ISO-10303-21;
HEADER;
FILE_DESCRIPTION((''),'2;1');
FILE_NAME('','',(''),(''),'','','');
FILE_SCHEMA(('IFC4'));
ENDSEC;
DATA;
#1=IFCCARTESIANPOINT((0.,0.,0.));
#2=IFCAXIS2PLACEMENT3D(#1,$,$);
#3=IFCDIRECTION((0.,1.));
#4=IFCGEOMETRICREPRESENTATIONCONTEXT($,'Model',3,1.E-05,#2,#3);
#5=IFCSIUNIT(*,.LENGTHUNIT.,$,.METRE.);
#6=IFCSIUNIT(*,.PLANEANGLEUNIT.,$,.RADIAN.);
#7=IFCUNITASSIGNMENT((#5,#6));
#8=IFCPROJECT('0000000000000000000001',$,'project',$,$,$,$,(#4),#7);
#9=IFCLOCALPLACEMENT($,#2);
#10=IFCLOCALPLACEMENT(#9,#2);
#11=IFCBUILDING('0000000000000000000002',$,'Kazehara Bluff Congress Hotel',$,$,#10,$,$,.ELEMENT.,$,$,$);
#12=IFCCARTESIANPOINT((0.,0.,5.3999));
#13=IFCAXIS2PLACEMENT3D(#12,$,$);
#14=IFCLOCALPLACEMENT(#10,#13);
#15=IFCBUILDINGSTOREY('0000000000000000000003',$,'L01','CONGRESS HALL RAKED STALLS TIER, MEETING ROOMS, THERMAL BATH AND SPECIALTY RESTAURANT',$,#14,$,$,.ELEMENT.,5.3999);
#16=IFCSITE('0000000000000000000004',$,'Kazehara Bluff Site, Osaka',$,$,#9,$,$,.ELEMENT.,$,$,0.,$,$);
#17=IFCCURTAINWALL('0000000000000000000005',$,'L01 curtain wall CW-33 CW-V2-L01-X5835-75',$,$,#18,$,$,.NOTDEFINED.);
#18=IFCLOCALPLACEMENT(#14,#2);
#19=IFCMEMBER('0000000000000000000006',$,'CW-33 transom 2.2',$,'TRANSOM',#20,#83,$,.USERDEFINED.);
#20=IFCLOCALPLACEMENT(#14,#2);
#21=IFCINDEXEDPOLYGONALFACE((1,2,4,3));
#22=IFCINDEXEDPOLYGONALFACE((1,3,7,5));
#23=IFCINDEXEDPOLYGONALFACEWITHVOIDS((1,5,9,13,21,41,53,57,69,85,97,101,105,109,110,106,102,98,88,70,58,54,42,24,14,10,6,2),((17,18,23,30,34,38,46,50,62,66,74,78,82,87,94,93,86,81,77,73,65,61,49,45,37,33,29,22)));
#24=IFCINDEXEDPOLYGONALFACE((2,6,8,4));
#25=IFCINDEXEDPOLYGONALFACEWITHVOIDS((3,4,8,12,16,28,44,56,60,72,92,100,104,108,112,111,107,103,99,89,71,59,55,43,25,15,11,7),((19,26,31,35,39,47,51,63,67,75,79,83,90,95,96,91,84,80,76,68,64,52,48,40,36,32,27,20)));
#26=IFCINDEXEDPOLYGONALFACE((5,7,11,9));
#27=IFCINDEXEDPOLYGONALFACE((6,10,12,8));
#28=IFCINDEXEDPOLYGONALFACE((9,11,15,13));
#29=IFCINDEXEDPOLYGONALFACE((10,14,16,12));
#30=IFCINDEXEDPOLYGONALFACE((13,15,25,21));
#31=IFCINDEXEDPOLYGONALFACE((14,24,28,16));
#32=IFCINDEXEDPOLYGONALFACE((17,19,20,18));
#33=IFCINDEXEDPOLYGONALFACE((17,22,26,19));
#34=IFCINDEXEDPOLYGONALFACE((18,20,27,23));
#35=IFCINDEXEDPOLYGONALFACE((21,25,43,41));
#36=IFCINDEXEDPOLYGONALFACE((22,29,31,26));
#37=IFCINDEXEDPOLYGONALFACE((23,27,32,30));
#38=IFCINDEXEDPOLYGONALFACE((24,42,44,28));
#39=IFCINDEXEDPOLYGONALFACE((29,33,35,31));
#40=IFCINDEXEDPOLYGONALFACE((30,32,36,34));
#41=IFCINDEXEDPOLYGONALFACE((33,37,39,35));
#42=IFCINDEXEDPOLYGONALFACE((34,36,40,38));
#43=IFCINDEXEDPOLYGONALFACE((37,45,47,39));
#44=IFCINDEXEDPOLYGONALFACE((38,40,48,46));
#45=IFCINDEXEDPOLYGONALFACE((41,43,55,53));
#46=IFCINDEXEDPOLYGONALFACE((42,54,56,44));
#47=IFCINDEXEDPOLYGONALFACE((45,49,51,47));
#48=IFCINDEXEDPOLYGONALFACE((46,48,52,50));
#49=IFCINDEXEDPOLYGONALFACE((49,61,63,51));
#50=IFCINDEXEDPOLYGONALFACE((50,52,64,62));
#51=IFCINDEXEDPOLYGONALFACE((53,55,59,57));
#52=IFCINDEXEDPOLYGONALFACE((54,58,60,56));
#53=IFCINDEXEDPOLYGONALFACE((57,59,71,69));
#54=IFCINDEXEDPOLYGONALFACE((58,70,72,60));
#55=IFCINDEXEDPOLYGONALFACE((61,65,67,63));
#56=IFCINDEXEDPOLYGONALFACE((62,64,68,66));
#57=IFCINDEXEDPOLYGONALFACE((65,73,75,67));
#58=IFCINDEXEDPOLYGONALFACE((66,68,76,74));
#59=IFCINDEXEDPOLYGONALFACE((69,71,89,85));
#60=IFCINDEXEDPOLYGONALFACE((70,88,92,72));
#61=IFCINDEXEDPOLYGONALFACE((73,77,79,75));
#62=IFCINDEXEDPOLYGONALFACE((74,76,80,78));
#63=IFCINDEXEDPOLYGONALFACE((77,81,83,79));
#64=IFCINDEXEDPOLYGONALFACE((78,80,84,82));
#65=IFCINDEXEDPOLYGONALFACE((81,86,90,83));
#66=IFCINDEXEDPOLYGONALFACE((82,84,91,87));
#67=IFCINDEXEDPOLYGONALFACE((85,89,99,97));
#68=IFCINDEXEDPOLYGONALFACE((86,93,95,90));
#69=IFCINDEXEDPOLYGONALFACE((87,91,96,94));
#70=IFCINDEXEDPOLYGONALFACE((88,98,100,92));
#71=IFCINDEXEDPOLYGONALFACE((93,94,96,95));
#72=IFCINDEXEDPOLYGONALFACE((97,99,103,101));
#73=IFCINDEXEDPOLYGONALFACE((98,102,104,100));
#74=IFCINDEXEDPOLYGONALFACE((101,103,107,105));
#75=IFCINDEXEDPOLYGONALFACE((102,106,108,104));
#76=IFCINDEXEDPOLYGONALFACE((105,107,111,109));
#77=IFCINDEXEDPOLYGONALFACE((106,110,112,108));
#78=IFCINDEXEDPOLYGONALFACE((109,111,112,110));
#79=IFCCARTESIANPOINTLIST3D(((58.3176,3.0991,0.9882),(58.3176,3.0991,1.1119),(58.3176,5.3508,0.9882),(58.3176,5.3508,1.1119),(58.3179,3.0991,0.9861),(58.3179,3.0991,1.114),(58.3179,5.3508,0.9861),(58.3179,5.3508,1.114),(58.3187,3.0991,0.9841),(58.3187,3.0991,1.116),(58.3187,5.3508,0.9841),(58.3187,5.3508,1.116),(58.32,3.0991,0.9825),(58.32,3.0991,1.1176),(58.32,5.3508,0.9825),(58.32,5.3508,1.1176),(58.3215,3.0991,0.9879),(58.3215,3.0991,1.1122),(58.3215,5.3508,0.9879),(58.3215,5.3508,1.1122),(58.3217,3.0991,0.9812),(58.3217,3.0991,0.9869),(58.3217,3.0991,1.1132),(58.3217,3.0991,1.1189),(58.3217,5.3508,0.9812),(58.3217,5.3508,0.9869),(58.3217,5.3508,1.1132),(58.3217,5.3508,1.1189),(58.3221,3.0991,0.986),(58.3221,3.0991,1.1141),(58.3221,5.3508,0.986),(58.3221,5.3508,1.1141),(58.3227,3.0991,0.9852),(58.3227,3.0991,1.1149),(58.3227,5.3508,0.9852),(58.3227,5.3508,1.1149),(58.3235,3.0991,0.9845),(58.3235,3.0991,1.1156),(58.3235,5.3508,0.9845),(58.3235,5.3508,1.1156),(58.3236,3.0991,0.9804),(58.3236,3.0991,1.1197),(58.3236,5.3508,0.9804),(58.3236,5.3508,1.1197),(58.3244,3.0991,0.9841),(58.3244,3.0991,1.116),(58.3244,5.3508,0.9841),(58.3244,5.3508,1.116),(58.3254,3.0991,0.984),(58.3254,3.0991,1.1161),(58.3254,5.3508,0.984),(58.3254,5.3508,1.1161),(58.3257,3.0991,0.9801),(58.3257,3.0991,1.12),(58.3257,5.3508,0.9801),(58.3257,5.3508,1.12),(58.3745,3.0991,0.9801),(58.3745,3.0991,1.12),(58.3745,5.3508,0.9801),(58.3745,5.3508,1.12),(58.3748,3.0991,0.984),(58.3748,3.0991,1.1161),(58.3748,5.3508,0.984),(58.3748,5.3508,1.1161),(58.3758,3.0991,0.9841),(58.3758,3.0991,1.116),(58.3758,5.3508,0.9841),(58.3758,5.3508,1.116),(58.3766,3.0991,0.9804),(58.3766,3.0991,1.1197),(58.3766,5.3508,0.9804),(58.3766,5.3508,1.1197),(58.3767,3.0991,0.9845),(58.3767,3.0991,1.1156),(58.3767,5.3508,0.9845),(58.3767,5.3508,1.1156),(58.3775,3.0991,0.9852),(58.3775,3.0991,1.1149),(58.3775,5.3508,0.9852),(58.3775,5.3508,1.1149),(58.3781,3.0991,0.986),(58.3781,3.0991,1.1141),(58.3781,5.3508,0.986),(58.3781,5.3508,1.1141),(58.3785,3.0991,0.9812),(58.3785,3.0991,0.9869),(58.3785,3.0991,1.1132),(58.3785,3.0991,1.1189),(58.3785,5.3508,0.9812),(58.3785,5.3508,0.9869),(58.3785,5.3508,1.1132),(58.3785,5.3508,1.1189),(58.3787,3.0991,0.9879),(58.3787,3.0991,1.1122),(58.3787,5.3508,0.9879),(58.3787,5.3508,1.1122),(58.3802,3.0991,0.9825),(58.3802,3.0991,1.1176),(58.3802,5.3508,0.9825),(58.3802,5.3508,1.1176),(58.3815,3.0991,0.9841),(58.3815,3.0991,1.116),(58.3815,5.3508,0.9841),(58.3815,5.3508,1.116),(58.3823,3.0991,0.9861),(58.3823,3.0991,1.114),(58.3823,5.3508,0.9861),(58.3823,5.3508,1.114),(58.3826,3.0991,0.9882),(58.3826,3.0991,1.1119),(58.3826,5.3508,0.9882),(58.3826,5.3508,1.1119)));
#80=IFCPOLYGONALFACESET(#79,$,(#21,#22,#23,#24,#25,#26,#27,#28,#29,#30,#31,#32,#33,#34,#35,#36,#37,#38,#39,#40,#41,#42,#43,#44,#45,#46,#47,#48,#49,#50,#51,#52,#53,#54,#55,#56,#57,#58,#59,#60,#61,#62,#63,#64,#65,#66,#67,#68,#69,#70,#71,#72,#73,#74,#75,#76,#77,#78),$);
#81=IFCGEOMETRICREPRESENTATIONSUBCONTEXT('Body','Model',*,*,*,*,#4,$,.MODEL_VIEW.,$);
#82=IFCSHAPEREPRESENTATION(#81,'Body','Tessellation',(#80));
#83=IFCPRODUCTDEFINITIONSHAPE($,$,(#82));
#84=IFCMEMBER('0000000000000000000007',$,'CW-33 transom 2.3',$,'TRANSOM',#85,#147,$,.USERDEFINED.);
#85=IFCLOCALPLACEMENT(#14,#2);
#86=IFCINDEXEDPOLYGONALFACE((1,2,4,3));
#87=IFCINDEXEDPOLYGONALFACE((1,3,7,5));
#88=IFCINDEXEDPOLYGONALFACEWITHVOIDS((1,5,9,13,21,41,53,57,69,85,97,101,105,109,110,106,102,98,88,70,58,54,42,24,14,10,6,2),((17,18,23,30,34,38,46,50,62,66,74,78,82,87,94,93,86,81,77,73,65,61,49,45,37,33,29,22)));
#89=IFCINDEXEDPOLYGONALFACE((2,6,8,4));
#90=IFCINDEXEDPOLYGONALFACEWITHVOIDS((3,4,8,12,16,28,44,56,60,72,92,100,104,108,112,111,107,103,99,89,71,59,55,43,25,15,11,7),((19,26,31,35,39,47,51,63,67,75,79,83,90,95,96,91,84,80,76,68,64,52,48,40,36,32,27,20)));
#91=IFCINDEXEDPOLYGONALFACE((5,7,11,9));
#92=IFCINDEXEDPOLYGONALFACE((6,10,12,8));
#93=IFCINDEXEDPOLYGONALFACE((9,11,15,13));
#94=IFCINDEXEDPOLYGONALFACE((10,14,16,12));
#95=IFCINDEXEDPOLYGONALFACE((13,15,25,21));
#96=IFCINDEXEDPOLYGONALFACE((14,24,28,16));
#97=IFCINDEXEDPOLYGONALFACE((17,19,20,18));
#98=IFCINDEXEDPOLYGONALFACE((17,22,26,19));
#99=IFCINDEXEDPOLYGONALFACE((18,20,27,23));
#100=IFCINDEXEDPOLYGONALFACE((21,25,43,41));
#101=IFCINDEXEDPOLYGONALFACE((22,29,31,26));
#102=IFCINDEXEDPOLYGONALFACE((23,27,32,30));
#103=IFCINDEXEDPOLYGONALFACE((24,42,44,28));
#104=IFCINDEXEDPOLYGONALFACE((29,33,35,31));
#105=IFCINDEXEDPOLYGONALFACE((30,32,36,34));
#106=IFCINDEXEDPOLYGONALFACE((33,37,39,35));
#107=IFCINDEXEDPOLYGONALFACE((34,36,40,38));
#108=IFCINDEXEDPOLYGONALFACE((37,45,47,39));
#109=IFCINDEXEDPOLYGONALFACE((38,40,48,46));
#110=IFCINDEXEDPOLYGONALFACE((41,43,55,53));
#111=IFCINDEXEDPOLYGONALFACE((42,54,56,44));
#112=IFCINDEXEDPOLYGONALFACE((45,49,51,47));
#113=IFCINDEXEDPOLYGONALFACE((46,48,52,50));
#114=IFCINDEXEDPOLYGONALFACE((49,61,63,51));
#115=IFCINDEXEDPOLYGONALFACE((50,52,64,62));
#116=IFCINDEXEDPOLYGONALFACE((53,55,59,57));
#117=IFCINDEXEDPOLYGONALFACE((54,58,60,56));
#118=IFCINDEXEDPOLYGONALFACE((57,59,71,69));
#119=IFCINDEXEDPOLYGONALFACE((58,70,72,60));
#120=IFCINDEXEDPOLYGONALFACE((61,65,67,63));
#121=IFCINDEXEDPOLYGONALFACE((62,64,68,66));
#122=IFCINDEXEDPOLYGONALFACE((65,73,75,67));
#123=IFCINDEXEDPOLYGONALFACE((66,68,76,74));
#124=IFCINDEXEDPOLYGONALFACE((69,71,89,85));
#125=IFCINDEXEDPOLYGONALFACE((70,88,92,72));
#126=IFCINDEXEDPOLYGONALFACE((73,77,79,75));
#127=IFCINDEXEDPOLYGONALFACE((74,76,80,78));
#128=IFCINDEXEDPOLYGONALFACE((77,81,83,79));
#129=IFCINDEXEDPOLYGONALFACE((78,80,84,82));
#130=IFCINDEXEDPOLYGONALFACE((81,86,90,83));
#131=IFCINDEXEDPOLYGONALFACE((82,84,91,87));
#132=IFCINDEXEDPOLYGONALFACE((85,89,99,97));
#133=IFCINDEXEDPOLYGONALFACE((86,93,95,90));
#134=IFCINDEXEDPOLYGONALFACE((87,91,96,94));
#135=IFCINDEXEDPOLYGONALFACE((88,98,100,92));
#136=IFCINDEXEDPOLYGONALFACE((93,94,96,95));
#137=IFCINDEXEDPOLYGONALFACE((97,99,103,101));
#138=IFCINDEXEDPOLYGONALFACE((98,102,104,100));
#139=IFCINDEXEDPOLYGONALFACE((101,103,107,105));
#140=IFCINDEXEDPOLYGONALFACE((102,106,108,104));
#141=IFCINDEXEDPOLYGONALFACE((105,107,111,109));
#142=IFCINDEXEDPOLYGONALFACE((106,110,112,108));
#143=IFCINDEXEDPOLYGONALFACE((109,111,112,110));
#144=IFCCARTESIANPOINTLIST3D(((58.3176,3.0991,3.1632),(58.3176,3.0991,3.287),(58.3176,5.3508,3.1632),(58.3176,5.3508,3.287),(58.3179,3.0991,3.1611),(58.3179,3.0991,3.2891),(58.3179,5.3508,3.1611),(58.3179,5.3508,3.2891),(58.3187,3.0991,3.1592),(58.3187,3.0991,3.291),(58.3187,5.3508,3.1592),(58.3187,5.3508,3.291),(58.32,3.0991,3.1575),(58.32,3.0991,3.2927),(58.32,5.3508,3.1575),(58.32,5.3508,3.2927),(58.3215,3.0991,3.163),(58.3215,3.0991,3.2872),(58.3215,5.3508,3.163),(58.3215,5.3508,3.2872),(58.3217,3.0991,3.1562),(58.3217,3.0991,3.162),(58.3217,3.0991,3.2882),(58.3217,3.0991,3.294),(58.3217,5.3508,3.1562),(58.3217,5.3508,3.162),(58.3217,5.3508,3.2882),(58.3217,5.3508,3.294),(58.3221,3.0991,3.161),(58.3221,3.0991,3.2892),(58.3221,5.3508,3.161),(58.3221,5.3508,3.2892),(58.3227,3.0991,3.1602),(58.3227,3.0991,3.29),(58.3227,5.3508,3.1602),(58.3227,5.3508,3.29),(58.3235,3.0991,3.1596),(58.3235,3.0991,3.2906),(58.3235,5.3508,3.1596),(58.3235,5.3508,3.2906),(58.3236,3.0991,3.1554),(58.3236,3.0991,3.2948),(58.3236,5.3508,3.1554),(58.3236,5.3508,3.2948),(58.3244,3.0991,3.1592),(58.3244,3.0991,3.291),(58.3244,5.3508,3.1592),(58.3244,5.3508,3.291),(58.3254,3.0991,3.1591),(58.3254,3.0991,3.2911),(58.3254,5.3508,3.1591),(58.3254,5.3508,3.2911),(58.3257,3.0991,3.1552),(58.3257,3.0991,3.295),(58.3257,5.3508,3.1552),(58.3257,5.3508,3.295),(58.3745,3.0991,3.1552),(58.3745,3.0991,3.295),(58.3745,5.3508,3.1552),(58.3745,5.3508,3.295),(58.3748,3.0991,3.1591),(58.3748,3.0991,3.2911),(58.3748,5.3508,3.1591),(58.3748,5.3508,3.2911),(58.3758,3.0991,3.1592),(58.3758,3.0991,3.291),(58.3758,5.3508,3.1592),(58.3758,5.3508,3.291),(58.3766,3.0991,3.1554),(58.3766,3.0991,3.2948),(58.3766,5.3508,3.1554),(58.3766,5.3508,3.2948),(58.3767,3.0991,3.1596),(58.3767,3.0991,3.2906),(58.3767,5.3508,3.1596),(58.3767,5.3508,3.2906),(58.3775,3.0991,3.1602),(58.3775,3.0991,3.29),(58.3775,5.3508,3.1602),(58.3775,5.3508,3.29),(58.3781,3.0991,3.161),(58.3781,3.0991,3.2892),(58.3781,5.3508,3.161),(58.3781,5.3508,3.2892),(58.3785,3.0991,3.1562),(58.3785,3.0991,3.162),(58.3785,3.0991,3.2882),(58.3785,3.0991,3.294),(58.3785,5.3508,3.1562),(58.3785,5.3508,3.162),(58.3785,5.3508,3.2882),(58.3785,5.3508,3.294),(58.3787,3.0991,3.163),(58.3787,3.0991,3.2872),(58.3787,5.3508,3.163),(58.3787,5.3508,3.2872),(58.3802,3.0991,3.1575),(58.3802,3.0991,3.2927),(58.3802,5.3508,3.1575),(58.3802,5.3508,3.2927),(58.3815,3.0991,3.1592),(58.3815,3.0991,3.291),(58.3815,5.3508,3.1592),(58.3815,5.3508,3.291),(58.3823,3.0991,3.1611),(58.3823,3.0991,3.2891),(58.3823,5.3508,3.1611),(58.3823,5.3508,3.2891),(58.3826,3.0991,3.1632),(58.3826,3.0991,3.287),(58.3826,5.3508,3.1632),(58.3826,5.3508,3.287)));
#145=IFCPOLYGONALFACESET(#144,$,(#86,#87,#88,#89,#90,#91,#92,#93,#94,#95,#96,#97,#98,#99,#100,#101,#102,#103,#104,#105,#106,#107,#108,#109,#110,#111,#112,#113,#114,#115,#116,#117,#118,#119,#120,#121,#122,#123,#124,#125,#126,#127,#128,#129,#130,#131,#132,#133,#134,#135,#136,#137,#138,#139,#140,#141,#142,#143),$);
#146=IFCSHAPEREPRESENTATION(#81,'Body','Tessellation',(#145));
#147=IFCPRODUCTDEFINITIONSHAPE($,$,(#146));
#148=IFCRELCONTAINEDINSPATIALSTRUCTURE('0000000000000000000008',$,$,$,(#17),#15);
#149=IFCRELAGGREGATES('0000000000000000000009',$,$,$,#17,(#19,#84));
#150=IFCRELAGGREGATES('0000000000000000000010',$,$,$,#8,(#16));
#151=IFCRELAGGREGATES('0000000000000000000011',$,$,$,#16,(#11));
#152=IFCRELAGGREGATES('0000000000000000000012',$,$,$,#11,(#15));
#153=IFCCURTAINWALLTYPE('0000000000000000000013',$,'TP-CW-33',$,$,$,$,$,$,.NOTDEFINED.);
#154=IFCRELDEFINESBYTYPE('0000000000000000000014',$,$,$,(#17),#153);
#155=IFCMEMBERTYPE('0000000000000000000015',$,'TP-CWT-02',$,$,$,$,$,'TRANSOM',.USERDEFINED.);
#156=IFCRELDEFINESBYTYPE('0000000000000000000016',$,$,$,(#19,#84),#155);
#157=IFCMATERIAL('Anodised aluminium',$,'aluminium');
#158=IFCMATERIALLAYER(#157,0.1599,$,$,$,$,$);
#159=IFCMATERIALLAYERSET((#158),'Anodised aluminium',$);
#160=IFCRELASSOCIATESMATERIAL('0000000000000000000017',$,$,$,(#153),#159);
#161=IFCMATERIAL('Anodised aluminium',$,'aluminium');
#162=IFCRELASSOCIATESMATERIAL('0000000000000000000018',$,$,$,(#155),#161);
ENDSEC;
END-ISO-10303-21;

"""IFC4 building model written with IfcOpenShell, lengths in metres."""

from ifc_helpers import new_model, si_unit, direction, frame, origin, origin_2d, place, context, subcontext, project, spatial, hollow_rectangle, extrude, material, layer, layer_set, material_profile, profile_set, type_object, element, aggregate, save


model = new_model("IFC4")

# Units and contexts
model_context = context("Model", 3, precision=1e-05, world=origin(), true_north=direction((0.0, 1.0)))
body_context = subcontext(model_context, "Body", "Model", "MODEL_VIEW")
ifc_project = project(units=[si_unit("LENGTHUNIT", "METRE"), si_unit("PLANEANGLEUNIT", "RADIAN")], contexts=[model_context])

# Site, building, storey
site_placement = place(None, origin())
site = spatial("IfcSite", under=ifc_project, at=site_placement, Name="Kazehara Bluff Site, Osaka", CompositionType="ELEMENT", RefElevation=0.0)
building_placement = place(site_placement, origin())
building = spatial("IfcBuilding", under=site, at=building_placement, Name="Kazehara Bluff Congress Hotel", CompositionType="ELEMENT")
storey_placement = place(building_placement, frame((0.0, 0.0, 5.3999)))
storey = spatial("IfcBuildingStorey", under=building, at=storey_placement, Name="L01", Description="CONGRESS HALL RAKED STALLS TIER, MEETING ROOMS, THERMAL BATH AND SPECIALTY RESTAURANT", CompositionType="ELEMENT", Elevation=5.3999)

# Curtain wall
ifc_material_1 = material(Name="Anodised aluminium", Category="aluminium")
ifc_layer_1 = layer(ifc_material_1, 0.1599)
ifc_layer_set_1 = layer_set([ifc_layer_1], Name="Anodised aluminium")
curtain_wall_type_1 = type_object("IfcCurtainWallType", Name="TP-CW-33", PredefinedType="NOTDEFINED", material=ifc_layer_set_1)
curtain_wall_1_placement = place(storey_placement, origin())
curtain_wall_1 = element("IfcCurtainWall", 1, at=curtain_wall_1_placement, inside=storey, type_object=curtain_wall_type_1, Name="L01 curtain wall CW-33 CW-V2-L01-X5835-75", PredefinedType="NOTDEFINED")
ifc_material_2 = material(Name="Anodised aluminium", Category="aluminium")
ifc_material_profile_1 = material_profile(ifc_material_2, hollow_rectangle(XDim=0.0649, YDim=0.1399, WallThickness=0.0039, InnerFilletRadius=0.0039, OuterFilletRadius=0.0081, at=origin_2d()))
ifc_profile_set_1 = profile_set([ifc_material_profile_1], Name="Anodised aluminium")
member_type_1 = type_object("IfcMemberType", Name="TP-CWT-02", ElementType="TRANSOM", PredefinedType="USERDEFINED", material=ifc_profile_set_1)

# Members
member_1_placement = place(storey_placement, frame((58.3501, 3.0991, 1.05), z_axis=(0.0, 1.0, 0.0), x_axis=(-1.0, 0.0, 0.0)))
member_1 = element("IfcMember", 2, at=member_1_placement, type_object=member_type_1, Name="CW-33 transom 2.2", ObjectType="TRANSOM", PredefinedType="USERDEFINED", context=body_context, shape_type="SweptSolid", body=[
    extrude(hollow_rectangle(XDim=0.0649, YDim=0.1399, WallThickness=0.0039, InnerFilletRadius=0.0039, OuterFilletRadius=0.0081, at=origin_2d()), origin(), (0.0, 0.0, 1.0), 2.2517),
])
member_2_placement = place(storey_placement, frame((58.3501, 3.0991, 3.2251), z_axis=(0.0, 1.0, 0.0), x_axis=(-1.0, 0.0, 0.0)))
member_2 = element("IfcMember", 3, at=member_2_placement, type_object=member_type_1, Name="CW-33 transom 2.3", ObjectType="TRANSOM", PredefinedType="USERDEFINED", context=body_context, shape_type="SweptSolid", body=[
    extrude(hollow_rectangle(XDim=0.0649, YDim=0.1399, WallThickness=0.0039, InnerFilletRadius=0.0039, OuterFilletRadius=0.0081, at=origin_2d()), origin(), (0.0, 0.0, 1.0), 2.2517),
])

aggregate(curtain_wall_1, [member_1, member_2])

save(model, "model.ifc")
